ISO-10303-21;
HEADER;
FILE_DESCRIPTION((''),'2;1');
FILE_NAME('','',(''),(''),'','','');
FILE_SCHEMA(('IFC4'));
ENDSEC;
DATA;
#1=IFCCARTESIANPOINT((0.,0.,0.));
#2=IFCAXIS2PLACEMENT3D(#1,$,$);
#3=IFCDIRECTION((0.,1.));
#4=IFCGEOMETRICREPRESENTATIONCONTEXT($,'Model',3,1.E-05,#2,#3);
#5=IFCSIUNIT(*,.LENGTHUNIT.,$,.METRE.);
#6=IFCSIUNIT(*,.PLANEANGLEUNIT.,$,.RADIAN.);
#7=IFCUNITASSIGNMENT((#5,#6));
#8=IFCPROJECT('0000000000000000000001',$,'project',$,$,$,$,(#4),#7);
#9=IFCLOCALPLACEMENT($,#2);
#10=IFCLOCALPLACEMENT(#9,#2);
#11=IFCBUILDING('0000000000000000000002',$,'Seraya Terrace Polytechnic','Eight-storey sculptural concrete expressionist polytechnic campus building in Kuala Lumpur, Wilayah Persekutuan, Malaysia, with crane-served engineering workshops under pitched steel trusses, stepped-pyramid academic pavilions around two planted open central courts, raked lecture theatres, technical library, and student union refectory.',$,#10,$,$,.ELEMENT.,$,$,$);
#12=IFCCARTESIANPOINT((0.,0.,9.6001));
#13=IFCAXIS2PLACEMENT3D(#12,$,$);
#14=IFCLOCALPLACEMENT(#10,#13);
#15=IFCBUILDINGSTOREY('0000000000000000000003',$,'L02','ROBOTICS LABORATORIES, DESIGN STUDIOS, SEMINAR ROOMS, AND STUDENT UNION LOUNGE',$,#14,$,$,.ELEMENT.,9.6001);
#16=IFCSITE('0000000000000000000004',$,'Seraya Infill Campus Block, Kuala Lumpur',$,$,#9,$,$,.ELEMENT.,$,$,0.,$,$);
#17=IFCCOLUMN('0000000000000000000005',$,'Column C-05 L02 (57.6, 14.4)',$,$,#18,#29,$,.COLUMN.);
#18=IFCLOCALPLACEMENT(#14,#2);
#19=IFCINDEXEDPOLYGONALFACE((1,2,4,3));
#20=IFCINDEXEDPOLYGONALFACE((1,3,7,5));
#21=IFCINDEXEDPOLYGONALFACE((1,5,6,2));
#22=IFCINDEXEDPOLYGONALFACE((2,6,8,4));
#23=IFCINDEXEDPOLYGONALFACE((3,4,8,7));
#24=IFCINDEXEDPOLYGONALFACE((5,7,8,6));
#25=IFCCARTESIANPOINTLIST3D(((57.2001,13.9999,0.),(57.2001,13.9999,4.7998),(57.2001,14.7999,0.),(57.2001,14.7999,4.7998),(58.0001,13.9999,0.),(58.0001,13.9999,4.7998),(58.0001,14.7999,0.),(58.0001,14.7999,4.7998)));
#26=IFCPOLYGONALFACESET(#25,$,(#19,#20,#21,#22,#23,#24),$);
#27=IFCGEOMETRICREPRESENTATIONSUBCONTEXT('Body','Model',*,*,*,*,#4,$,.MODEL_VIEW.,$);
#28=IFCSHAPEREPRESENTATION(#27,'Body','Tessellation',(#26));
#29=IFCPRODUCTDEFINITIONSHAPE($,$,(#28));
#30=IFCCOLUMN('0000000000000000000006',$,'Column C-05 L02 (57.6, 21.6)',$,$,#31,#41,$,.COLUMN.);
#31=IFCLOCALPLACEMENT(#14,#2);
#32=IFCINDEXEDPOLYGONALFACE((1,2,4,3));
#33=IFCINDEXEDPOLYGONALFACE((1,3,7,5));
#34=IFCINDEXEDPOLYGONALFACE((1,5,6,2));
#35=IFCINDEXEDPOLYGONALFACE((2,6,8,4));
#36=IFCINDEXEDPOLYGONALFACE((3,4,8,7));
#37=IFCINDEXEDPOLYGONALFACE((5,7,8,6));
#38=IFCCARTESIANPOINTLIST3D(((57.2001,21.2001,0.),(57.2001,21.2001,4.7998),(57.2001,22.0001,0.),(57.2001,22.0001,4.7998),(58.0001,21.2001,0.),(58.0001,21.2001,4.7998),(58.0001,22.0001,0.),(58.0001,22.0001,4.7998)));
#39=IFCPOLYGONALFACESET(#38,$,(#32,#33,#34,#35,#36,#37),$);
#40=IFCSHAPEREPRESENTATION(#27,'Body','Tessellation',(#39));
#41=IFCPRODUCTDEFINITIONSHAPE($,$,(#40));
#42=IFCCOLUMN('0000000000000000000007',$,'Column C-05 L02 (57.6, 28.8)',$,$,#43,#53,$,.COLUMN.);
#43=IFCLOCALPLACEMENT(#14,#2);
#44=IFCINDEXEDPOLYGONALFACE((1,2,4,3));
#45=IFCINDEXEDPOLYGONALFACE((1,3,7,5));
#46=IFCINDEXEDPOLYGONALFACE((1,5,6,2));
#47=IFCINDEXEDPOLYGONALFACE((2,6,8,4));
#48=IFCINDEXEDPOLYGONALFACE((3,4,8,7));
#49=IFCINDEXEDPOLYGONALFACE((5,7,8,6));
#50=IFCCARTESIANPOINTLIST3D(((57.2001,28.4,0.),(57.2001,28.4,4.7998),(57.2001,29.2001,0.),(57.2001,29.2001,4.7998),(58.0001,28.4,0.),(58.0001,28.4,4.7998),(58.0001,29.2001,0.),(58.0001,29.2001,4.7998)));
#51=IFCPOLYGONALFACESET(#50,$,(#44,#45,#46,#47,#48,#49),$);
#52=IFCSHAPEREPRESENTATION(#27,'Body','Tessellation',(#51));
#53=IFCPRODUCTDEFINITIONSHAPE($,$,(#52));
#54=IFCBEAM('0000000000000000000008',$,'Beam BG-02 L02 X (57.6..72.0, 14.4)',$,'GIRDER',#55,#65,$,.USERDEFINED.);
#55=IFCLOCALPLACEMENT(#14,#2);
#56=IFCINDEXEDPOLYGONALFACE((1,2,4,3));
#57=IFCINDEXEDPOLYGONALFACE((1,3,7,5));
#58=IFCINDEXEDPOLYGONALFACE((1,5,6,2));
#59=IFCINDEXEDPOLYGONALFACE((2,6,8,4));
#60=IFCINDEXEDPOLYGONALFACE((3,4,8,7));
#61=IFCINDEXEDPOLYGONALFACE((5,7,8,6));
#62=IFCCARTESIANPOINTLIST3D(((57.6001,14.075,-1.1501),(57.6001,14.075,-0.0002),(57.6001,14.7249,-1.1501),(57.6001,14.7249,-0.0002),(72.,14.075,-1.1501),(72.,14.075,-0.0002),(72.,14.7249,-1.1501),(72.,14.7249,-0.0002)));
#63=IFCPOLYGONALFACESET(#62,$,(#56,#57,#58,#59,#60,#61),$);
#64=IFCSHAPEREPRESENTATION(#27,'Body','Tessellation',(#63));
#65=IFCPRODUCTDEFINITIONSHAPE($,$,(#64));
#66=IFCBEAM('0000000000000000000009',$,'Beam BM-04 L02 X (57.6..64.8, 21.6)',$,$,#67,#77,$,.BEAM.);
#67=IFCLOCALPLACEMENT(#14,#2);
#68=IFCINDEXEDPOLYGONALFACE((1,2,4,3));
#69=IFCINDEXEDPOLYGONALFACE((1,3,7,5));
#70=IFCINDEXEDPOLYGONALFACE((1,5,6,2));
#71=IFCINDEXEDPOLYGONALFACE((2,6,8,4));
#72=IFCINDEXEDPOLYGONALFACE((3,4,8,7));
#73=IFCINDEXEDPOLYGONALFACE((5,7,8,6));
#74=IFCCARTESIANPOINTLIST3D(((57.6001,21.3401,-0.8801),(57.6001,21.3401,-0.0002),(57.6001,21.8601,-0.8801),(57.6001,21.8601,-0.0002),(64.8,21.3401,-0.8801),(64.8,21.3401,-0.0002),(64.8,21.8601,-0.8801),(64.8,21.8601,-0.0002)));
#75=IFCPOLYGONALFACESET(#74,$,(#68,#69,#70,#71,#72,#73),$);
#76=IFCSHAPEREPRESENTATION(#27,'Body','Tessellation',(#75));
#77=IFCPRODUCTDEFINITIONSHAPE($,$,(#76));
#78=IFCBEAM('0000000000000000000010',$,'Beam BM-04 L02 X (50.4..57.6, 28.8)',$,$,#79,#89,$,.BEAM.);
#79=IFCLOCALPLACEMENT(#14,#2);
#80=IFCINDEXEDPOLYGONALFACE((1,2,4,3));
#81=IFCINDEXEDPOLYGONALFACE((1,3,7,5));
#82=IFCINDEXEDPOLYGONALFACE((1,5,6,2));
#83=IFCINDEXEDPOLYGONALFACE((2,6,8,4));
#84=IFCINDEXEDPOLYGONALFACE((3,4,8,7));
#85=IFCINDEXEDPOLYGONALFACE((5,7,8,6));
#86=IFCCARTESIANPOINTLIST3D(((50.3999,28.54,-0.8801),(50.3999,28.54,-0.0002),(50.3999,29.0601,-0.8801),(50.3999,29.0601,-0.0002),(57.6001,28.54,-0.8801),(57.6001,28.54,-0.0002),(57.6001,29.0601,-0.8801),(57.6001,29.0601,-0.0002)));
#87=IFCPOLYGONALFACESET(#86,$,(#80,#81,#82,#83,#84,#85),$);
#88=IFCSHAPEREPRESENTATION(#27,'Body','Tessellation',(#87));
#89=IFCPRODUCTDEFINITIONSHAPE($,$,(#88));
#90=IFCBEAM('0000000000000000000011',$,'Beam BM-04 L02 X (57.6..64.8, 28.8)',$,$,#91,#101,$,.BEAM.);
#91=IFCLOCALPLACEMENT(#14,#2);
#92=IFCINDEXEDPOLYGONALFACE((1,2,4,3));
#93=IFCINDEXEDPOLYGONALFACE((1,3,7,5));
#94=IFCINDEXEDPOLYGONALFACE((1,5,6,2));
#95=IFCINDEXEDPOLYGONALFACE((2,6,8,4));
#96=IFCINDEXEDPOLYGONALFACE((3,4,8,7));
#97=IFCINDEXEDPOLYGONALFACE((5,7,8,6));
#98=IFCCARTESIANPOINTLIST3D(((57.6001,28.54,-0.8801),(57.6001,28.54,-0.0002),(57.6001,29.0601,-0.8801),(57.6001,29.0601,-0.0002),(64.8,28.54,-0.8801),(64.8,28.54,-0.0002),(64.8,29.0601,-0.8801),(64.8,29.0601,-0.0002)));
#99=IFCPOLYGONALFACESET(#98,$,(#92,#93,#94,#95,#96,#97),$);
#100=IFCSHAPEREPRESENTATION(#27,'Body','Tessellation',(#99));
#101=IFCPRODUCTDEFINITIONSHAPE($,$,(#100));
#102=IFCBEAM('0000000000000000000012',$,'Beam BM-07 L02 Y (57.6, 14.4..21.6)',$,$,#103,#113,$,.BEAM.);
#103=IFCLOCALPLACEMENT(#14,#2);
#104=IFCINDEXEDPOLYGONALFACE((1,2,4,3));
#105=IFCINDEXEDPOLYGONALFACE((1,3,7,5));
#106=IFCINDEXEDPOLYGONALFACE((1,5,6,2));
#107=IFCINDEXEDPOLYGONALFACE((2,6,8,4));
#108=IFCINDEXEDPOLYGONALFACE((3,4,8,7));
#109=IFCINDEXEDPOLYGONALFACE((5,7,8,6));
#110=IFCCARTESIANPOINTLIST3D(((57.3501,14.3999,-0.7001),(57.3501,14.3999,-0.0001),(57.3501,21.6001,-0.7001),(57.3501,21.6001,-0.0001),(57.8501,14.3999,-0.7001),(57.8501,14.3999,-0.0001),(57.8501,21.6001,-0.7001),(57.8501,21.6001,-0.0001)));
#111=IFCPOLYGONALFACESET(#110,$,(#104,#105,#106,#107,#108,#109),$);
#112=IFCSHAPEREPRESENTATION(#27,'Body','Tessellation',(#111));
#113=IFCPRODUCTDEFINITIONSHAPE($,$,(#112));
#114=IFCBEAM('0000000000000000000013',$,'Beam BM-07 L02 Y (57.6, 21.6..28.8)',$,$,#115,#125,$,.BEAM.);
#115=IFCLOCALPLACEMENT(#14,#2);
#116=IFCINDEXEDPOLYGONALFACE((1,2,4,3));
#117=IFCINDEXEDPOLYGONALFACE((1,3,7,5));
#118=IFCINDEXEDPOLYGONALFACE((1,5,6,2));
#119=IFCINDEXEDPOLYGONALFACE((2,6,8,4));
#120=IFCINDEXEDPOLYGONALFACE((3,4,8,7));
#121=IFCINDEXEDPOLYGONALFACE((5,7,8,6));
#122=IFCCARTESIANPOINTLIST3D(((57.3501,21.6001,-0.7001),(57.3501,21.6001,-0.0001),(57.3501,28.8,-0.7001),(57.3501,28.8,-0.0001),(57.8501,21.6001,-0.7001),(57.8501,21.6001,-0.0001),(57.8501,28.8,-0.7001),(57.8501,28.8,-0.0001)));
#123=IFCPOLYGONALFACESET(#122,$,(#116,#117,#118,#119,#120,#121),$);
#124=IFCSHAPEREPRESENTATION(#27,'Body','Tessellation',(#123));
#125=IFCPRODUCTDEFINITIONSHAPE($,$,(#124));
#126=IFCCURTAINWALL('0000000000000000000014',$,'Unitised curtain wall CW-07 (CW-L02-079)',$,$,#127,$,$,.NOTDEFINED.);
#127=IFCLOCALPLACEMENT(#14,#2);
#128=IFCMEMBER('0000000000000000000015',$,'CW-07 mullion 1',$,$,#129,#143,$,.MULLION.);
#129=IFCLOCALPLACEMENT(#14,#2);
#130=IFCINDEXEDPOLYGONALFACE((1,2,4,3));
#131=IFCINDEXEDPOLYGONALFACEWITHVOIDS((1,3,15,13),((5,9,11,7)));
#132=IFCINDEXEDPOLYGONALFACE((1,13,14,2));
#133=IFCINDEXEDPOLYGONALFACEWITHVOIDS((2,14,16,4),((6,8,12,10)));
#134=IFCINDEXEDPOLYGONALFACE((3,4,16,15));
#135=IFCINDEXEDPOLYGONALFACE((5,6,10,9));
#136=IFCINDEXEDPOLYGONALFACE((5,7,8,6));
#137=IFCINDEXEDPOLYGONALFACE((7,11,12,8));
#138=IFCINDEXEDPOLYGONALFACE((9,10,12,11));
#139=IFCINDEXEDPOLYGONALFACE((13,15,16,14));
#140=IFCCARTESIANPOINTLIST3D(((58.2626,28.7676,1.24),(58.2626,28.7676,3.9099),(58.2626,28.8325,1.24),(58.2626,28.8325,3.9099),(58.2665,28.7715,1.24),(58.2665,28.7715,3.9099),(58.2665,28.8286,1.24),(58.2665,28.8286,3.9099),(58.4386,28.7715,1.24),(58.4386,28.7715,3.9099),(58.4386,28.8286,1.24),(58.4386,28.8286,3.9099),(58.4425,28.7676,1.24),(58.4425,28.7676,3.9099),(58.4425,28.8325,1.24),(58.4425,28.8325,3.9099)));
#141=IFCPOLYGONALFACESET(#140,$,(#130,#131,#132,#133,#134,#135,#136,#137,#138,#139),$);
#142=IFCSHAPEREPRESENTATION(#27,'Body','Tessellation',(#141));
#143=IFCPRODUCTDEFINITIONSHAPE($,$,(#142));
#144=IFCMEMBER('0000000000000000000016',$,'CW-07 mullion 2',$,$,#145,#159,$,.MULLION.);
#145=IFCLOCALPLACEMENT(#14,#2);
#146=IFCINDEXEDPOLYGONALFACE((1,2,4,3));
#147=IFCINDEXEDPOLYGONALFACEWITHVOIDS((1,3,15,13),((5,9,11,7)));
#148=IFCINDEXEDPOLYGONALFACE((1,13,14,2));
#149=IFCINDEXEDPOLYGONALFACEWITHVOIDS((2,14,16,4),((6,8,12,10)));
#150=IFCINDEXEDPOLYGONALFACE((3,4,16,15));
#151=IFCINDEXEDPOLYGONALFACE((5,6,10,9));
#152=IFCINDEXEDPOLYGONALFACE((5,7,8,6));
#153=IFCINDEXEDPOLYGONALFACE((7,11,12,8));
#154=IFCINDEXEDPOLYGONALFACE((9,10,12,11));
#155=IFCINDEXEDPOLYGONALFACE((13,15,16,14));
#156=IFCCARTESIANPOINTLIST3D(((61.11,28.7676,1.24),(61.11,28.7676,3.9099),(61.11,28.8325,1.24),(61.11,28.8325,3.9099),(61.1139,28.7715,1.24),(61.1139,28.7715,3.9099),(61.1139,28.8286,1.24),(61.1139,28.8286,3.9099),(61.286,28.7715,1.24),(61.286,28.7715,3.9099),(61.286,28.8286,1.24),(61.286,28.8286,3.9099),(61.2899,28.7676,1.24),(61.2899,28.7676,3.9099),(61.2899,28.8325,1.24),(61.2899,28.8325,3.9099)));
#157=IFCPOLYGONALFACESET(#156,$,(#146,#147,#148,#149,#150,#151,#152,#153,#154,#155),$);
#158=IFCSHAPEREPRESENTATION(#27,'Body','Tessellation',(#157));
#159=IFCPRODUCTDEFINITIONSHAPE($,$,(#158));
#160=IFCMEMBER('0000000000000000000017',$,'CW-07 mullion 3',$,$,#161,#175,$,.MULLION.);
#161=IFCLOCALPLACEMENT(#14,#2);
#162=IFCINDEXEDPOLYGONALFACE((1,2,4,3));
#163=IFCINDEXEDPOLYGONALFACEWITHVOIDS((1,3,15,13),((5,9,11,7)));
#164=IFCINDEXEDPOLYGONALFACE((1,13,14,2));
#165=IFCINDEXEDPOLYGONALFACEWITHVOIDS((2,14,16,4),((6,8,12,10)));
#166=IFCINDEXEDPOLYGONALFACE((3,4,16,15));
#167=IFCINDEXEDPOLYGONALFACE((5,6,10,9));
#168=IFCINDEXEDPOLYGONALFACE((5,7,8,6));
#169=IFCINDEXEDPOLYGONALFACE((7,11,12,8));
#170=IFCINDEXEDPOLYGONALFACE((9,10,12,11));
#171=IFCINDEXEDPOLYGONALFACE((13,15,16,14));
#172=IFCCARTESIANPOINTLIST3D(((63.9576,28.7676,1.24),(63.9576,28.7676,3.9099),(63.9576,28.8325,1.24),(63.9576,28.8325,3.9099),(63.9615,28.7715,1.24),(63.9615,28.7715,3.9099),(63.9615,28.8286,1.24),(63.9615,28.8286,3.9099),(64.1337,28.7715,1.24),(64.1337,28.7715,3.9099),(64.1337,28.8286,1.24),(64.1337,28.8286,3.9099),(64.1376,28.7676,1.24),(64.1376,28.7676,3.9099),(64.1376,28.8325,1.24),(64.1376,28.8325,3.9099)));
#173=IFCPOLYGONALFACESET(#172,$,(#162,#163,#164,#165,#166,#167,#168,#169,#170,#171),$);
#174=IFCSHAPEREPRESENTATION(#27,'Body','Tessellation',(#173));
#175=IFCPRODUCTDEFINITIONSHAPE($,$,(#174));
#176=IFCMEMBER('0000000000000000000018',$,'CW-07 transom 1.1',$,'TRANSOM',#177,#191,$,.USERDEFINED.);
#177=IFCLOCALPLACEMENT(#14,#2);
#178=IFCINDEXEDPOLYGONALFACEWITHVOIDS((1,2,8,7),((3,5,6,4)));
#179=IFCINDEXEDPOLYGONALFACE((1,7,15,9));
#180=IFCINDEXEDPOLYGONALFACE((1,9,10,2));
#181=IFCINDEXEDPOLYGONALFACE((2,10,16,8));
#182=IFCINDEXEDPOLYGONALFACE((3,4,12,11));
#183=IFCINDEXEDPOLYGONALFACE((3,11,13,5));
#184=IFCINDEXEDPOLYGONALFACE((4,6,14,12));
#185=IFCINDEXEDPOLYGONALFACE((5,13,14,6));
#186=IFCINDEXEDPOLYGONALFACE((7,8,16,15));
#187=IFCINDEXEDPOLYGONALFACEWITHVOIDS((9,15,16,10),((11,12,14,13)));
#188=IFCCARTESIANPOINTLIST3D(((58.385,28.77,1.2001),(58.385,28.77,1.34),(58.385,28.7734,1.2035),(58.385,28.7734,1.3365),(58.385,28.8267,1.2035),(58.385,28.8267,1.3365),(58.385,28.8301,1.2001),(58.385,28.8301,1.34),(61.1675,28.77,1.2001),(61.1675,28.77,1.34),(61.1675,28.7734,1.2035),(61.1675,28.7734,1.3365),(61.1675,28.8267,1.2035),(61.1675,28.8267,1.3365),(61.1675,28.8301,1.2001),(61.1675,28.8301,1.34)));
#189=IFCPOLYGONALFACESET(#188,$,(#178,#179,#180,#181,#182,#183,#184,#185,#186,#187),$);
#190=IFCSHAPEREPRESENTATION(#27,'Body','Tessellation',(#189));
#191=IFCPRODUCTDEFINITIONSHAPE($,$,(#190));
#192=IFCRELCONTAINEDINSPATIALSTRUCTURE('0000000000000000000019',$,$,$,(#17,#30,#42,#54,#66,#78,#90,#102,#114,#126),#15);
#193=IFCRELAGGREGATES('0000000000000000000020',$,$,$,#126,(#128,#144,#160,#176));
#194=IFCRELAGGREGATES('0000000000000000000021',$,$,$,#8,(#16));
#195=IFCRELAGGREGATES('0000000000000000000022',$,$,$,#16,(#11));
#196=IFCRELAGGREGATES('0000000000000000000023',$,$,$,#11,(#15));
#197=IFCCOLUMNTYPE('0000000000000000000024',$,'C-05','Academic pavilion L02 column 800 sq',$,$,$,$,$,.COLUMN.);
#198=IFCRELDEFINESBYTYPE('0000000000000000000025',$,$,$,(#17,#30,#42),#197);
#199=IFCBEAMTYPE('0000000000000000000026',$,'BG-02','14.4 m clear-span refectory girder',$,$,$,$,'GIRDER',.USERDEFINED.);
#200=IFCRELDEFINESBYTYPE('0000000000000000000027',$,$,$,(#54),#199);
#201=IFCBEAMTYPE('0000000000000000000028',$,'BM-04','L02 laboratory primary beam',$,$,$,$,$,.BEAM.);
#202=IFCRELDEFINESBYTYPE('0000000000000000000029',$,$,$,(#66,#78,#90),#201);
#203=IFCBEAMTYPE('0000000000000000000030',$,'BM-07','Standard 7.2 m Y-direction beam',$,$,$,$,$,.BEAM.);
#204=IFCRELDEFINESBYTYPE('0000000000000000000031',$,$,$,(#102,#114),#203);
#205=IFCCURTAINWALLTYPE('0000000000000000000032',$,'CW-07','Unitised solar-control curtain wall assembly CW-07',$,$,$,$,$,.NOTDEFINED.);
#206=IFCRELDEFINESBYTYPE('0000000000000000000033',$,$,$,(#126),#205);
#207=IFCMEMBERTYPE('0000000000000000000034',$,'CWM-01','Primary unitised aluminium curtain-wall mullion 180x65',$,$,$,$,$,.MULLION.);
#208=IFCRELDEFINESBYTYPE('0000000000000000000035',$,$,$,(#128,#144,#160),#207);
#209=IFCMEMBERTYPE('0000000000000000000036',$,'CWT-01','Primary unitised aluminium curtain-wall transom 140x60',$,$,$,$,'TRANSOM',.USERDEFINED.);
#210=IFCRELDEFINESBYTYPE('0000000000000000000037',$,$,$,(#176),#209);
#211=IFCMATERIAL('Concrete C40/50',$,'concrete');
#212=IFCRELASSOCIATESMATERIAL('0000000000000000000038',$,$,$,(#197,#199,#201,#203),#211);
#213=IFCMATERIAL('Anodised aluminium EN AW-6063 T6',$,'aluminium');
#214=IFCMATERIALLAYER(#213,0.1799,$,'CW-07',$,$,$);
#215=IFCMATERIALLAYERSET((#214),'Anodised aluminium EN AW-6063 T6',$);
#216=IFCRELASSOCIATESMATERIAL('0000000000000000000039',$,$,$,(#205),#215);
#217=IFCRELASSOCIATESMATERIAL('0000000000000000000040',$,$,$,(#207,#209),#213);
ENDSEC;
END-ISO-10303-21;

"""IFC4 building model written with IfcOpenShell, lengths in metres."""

from ifc_helpers import new_model, si_unit, direction, frame, origin, origin_2d, place, context, subcontext, project, spatial, rectangle, hollow_rectangle, extrude, material, layer, layer_set, material_profile, profile_set, type_object, element, aggregate, save


model = new_model("IFC4")

# Units and contexts
model_context = context("Model", 3, precision=1e-05, world=origin(), true_north=direction((0.0, 1.0)))
body_context = subcontext(model_context, "Body", "Model", "MODEL_VIEW")
ifc_project = project(units=[si_unit("LENGTHUNIT", "METRE"), si_unit("PLANEANGLEUNIT", "RADIAN")], contexts=[model_context])

# Site, building, storey
site_placement = place(None, origin())
site = spatial("IfcSite", under=ifc_project, at=site_placement, Name="Seraya Infill Campus Block, Kuala Lumpur", CompositionType="ELEMENT", RefElevation=0.0)
building_placement = place(site_placement, origin())
building = spatial("IfcBuilding", under=site, at=building_placement, Name="Seraya Terrace Polytechnic", Description="Eight-storey sculptural concrete expressionist polytechnic campus building in Kuala Lumpur, Wilayah Persekutuan, Malaysia, with crane-served engineering workshops under pitched steel trusses, stepped-pyramid academic pavilions around two planted open central courts, raked lecture theatres, technical library, and student union refectory.", CompositionType="ELEMENT")
storey_placement = place(building_placement, frame((0.0, 0.0, 9.6001)))
storey = spatial("IfcBuildingStorey", under=building, at=storey_placement, Name="L02", Description="ROBOTICS LABORATORIES, DESIGN STUDIOS, SEMINAR ROOMS, AND STUDENT UNION LOUNGE", CompositionType="ELEMENT", Elevation=9.6001)

# Columns
ifc_material_1 = material(Name="Concrete C40/50", Category="concrete")
ifc_material_profile_1 = material_profile(ifc_material_1, rectangle(XDim=0.8, YDim=0.8, at=origin_2d()), Name="RC 800x800")
ifc_profile_set_1 = profile_set([ifc_material_profile_1], Name="Concrete C40/50")
column_type = type_object("IfcColumnType", Name="C-05", Description="Academic pavilion L02 column 800 sq", PredefinedType="COLUMN", material=ifc_profile_set_1)
for number, where, z_axis, x_axis, name in (
    (1, (57.6001, 14.3999, 0.0), (0.0, 0.0, 1.0), (1.0, 0.0, 0.0), "Column C-05 L02 (57.6, 14.4)"),
    (2, (57.6001, 21.6001, 0.0), (0.0, 0.0, 1.0), (1.0, 0.0, 0.0), "Column C-05 L02 (57.6, 21.6)"),
    (3, (57.6001, 28.8, 0.0), (0.0, 0.0, 1.0), (1.0, 0.0, 0.0), "Column C-05 L02 (57.6, 28.8)"),
):
    element("IfcColumn", number, at=place(storey_placement, frame(where, z_axis=z_axis, x_axis=x_axis)), inside=storey, type_object=column_type, Name=name, PredefinedType="COLUMN", context=body_context, shape_type="SweptSolid", body=[
        extrude(rectangle(XDim=0.8, YDim=0.8, at=origin_2d()), origin(), (0.0, 0.0, 1.0), 4.7998),
    ])

# Beams
ifc_material_profile_2 = material_profile(ifc_material_1, rectangle(XDim=0.6499, YDim=1.1499, at=origin_2d()), Name="RC 650x1150")
ifc_profile_set_2 = profile_set([ifc_material_profile_2], Name="Concrete C40/50")
beam_type_1 = type_object("IfcBeamType", Name="BG-02", Description="14.4 m clear-span refectory girder", ElementType="GIRDER", PredefinedType="USERDEFINED", material=ifc_profile_set_2)
beam_1_placement = place(storey_placement, frame((57.6001, 14.3999, -0.5752), z_axis=(1.0, 0.0, 0.0), x_axis=(0.0, 1.0, 0.0)))
element("IfcBeam", 4, at=beam_1_placement, inside=storey, type_object=beam_type_1, Name="Beam BG-02 L02 X (57.6..72.0, 14.4)", ObjectType="GIRDER", PredefinedType="USERDEFINED", context=body_context, shape_type="SweptSolid", body=[
    extrude(rectangle(XDim=0.6499, YDim=1.1499, at=origin_2d()), origin(), (0.0, 0.0, 1.0), 14.3999),
])
ifc_material_profile_3 = material_profile(ifc_material_1, rectangle(XDim=0.52, YDim=0.8799, at=origin_2d()), Name="RC 520x880")
ifc_profile_set_3 = profile_set([ifc_material_profile_3], Name="Concrete C40/50")
beam_type_2 = type_object("IfcBeamType", Name="BM-04", Description="L02 laboratory primary beam", PredefinedType="BEAM", material=ifc_profile_set_3)
beam_2_placement = place(storey_placement, frame((57.6001, 21.6001, -0.4402), z_axis=(1.0, 0.0, 0.0), x_axis=(0.0, 1.0, 0.0)))
element("IfcBeam", 5, at=beam_2_placement, inside=storey, type_object=beam_type_2, Name="Beam BM-04 L02 X (57.6..64.8, 21.6)", PredefinedType="BEAM", context=body_context, shape_type="SweptSolid", body=[
    extrude(rectangle(XDim=0.52, YDim=0.8799, at=origin_2d()), origin(), (0.0, 0.0, 1.0), 7.2),
])
beam_3_placement = place(storey_placement, frame((50.3999, 28.8, -0.4402), z_axis=(1.0, 0.0, 0.0), x_axis=(0.0, 1.0, 0.0)))
element("IfcBeam", 6, at=beam_3_placement, inside=storey, type_object=beam_type_2, Name="Beam BM-04 L02 X (50.4..57.6, 28.8)", PredefinedType="BEAM", context=body_context, shape_type="SweptSolid", body=[
    extrude(rectangle(XDim=0.52, YDim=0.8799, at=origin_2d()), origin(), (0.0, 0.0, 1.0), 7.2002),
])
beam_4_placement = place(storey_placement, frame((57.6001, 28.8, -0.4402), z_axis=(1.0, 0.0, 0.0), x_axis=(0.0, 1.0, 0.0)))
element("IfcBeam", 7, at=beam_4_placement, inside=storey, type_object=beam_type_2, Name="Beam BM-04 L02 X (57.6..64.8, 28.8)", PredefinedType="BEAM", context=body_context, shape_type="SweptSolid", body=[
    extrude(rectangle(XDim=0.52, YDim=0.8799, at=origin_2d()), origin(), (0.0, 0.0, 1.0), 7.2),
])
ifc_material_profile_4 = material_profile(ifc_material_1, rectangle(XDim=0.5, YDim=0.7, at=origin_2d()), Name="RC 500x700")
ifc_profile_set_4 = profile_set([ifc_material_profile_4], Name="Concrete C40/50")
beam_type_3 = type_object("IfcBeamType", Name="BM-07", Description="Standard 7.2 m Y-direction beam", PredefinedType="BEAM", material=ifc_profile_set_4)
beam_5_placement = place(storey_placement, frame((57.6001, 14.3999, -0.3501), z_axis=(0.0, 1.0, 0.0), x_axis=(-1.0, 0.0, 0.0)))
element("IfcBeam", 8, at=beam_5_placement, inside=storey, type_object=beam_type_3, Name="Beam BM-07 L02 Y (57.6, 14.4..21.6)", PredefinedType="BEAM", context=body_context, shape_type="SweptSolid", body=[
    extrude(rectangle(XDim=0.5, YDim=0.7, at=origin_2d()), origin(), (0.0, 0.0, 1.0), 7.2002),
])
beam_6_placement = place(storey_placement, frame((57.6001, 21.6001, -0.3501), z_axis=(0.0, 1.0, 0.0), x_axis=(-1.0, 0.0, 0.0)))
element("IfcBeam", 9, at=beam_6_placement, inside=storey, type_object=beam_type_3, Name="Beam BM-07 L02 Y (57.6, 21.6..28.8)", PredefinedType="BEAM", context=body_context, shape_type="SweptSolid", body=[
    extrude(rectangle(XDim=0.5, YDim=0.7, at=origin_2d()), origin(), (0.0, 0.0, 1.0), 7.2),
])

# Curtain wall, members
ifc_material_2 = material(Name="Anodised aluminium EN AW-6063 T6", Category="aluminium")
ifc_layer_1 = layer(ifc_material_2, 0.1799, Name="CW-07")
ifc_layer_set_1 = layer_set([ifc_layer_1], Name="Anodised aluminium EN AW-6063 T6")
curtain_wall_type = type_object("IfcCurtainWallType", Name="CW-07", Description="Unitised solar-control curtain wall assembly CW-07", PredefinedType="NOTDEFINED", material=ifc_layer_set_1)
curtain_wall_placement = place(storey_placement, origin())
curtain_wall = element("IfcCurtainWall", 10, at=curtain_wall_placement, inside=storey, type_object=curtain_wall_type, Name="Unitised curtain wall CW-07 (CW-L02-079)", PredefinedType="NOTDEFINED")
ifc_material_profile_5 = material_profile(ifc_material_2, hollow_rectangle(XDim=0.0649, YDim=0.1799, WallThickness=0.0039, at=origin_2d()), Name="RHS 180x65x4.0")
ifc_profile_set_5 = profile_set([ifc_material_profile_5], Name="Anodised aluminium EN AW-6063 T6")
member_type_1 = type_object("IfcMemberType", Name="CWM-01", Description="Primary unitised aluminium curtain-wall mullion 180x65", PredefinedType="MULLION", material=ifc_profile_set_5)
member_1_placement = place(storey_placement, frame((58.3525, 28.8, 1.24), z_axis=(0.0, 0.0, 1.0), x_axis=(0.0, 1.0, 0.0)))
member_1 = element("IfcMember", 11, at=member_1_placement, type_object=member_type_1, Name="CW-07 mullion 1", PredefinedType="MULLION", context=body_context, shape_type="SweptSolid", body=[
    extrude(hollow_rectangle(XDim=0.0649, YDim=0.1799, WallThickness=0.0039, at=origin_2d()), origin(), (0.0, 0.0, 1.0), 2.6699),
])
member_2_placement = place(storey_placement, frame((61.2, 28.8, 1.24), z_axis=(0.0, 0.0, 1.0), x_axis=(0.0, 1.0, 0.0)))
member_2 = element("IfcMember", 12, at=member_2_placement, type_object=member_type_1, Name="CW-07 mullion 2", PredefinedType="MULLION", context=body_context, shape_type="SweptSolid", body=[
    extrude(hollow_rectangle(XDim=0.0649, YDim=0.1799, WallThickness=0.0039, at=origin_2d()), origin(), (0.0, 0.0, 1.0), 2.6699),
])
member_3_placement = place(storey_placement, frame((64.0476, 28.8, 1.24), z_axis=(0.0, 0.0, 1.0), x_axis=(0.0, 1.0, 0.0)))
member_3 = element("IfcMember", 13, at=member_3_placement, type_object=member_type_1, Name="CW-07 mullion 3", PredefinedType="MULLION", context=body_context, shape_type="SweptSolid", body=[
    extrude(hollow_rectangle(XDim=0.0649, YDim=0.1799, WallThickness=0.0039, at=origin_2d()), origin(), (0.0, 0.0, 1.0), 2.6699),
])
ifc_material_profile_6 = material_profile(ifc_material_2, hollow_rectangle(XDim=0.0601, YDim=0.1399, WallThickness=0.0034, at=origin_2d()), Name="RHS 140x60x3.5")
ifc_profile_set_6 = profile_set([ifc_material_profile_6], Name="Anodised aluminium EN AW-6063 T6")
member_type_2 = type_object("IfcMemberType", Name="CWT-01", Description="Primary unitised aluminium curtain-wall transom 140x60", ElementType="TRANSOM", PredefinedType="USERDEFINED", material=ifc_profile_set_6)
member_4_placement = place(storey_placement, frame((58.385, 28.8, 1.27), z_axis=(1.0, 0.0, 0.0), x_axis=(0.0, 1.0, 0.0)))
member_4 = element("IfcMember", 14, at=member_4_placement, type_object=member_type_2, Name="CW-07 transom 1.1", ObjectType="TRANSOM", PredefinedType="USERDEFINED", context=body_context, shape_type="SweptSolid", body=[
    extrude(hollow_rectangle(XDim=0.0601, YDim=0.1399, WallThickness=0.0034, at=origin_2d()), origin(), (0.0, 0.0, 1.0), 2.7825),
])
aggregate(curtain_wall, [member_1, member_2, member_3, member_4])

save(model, "model.ifc")
